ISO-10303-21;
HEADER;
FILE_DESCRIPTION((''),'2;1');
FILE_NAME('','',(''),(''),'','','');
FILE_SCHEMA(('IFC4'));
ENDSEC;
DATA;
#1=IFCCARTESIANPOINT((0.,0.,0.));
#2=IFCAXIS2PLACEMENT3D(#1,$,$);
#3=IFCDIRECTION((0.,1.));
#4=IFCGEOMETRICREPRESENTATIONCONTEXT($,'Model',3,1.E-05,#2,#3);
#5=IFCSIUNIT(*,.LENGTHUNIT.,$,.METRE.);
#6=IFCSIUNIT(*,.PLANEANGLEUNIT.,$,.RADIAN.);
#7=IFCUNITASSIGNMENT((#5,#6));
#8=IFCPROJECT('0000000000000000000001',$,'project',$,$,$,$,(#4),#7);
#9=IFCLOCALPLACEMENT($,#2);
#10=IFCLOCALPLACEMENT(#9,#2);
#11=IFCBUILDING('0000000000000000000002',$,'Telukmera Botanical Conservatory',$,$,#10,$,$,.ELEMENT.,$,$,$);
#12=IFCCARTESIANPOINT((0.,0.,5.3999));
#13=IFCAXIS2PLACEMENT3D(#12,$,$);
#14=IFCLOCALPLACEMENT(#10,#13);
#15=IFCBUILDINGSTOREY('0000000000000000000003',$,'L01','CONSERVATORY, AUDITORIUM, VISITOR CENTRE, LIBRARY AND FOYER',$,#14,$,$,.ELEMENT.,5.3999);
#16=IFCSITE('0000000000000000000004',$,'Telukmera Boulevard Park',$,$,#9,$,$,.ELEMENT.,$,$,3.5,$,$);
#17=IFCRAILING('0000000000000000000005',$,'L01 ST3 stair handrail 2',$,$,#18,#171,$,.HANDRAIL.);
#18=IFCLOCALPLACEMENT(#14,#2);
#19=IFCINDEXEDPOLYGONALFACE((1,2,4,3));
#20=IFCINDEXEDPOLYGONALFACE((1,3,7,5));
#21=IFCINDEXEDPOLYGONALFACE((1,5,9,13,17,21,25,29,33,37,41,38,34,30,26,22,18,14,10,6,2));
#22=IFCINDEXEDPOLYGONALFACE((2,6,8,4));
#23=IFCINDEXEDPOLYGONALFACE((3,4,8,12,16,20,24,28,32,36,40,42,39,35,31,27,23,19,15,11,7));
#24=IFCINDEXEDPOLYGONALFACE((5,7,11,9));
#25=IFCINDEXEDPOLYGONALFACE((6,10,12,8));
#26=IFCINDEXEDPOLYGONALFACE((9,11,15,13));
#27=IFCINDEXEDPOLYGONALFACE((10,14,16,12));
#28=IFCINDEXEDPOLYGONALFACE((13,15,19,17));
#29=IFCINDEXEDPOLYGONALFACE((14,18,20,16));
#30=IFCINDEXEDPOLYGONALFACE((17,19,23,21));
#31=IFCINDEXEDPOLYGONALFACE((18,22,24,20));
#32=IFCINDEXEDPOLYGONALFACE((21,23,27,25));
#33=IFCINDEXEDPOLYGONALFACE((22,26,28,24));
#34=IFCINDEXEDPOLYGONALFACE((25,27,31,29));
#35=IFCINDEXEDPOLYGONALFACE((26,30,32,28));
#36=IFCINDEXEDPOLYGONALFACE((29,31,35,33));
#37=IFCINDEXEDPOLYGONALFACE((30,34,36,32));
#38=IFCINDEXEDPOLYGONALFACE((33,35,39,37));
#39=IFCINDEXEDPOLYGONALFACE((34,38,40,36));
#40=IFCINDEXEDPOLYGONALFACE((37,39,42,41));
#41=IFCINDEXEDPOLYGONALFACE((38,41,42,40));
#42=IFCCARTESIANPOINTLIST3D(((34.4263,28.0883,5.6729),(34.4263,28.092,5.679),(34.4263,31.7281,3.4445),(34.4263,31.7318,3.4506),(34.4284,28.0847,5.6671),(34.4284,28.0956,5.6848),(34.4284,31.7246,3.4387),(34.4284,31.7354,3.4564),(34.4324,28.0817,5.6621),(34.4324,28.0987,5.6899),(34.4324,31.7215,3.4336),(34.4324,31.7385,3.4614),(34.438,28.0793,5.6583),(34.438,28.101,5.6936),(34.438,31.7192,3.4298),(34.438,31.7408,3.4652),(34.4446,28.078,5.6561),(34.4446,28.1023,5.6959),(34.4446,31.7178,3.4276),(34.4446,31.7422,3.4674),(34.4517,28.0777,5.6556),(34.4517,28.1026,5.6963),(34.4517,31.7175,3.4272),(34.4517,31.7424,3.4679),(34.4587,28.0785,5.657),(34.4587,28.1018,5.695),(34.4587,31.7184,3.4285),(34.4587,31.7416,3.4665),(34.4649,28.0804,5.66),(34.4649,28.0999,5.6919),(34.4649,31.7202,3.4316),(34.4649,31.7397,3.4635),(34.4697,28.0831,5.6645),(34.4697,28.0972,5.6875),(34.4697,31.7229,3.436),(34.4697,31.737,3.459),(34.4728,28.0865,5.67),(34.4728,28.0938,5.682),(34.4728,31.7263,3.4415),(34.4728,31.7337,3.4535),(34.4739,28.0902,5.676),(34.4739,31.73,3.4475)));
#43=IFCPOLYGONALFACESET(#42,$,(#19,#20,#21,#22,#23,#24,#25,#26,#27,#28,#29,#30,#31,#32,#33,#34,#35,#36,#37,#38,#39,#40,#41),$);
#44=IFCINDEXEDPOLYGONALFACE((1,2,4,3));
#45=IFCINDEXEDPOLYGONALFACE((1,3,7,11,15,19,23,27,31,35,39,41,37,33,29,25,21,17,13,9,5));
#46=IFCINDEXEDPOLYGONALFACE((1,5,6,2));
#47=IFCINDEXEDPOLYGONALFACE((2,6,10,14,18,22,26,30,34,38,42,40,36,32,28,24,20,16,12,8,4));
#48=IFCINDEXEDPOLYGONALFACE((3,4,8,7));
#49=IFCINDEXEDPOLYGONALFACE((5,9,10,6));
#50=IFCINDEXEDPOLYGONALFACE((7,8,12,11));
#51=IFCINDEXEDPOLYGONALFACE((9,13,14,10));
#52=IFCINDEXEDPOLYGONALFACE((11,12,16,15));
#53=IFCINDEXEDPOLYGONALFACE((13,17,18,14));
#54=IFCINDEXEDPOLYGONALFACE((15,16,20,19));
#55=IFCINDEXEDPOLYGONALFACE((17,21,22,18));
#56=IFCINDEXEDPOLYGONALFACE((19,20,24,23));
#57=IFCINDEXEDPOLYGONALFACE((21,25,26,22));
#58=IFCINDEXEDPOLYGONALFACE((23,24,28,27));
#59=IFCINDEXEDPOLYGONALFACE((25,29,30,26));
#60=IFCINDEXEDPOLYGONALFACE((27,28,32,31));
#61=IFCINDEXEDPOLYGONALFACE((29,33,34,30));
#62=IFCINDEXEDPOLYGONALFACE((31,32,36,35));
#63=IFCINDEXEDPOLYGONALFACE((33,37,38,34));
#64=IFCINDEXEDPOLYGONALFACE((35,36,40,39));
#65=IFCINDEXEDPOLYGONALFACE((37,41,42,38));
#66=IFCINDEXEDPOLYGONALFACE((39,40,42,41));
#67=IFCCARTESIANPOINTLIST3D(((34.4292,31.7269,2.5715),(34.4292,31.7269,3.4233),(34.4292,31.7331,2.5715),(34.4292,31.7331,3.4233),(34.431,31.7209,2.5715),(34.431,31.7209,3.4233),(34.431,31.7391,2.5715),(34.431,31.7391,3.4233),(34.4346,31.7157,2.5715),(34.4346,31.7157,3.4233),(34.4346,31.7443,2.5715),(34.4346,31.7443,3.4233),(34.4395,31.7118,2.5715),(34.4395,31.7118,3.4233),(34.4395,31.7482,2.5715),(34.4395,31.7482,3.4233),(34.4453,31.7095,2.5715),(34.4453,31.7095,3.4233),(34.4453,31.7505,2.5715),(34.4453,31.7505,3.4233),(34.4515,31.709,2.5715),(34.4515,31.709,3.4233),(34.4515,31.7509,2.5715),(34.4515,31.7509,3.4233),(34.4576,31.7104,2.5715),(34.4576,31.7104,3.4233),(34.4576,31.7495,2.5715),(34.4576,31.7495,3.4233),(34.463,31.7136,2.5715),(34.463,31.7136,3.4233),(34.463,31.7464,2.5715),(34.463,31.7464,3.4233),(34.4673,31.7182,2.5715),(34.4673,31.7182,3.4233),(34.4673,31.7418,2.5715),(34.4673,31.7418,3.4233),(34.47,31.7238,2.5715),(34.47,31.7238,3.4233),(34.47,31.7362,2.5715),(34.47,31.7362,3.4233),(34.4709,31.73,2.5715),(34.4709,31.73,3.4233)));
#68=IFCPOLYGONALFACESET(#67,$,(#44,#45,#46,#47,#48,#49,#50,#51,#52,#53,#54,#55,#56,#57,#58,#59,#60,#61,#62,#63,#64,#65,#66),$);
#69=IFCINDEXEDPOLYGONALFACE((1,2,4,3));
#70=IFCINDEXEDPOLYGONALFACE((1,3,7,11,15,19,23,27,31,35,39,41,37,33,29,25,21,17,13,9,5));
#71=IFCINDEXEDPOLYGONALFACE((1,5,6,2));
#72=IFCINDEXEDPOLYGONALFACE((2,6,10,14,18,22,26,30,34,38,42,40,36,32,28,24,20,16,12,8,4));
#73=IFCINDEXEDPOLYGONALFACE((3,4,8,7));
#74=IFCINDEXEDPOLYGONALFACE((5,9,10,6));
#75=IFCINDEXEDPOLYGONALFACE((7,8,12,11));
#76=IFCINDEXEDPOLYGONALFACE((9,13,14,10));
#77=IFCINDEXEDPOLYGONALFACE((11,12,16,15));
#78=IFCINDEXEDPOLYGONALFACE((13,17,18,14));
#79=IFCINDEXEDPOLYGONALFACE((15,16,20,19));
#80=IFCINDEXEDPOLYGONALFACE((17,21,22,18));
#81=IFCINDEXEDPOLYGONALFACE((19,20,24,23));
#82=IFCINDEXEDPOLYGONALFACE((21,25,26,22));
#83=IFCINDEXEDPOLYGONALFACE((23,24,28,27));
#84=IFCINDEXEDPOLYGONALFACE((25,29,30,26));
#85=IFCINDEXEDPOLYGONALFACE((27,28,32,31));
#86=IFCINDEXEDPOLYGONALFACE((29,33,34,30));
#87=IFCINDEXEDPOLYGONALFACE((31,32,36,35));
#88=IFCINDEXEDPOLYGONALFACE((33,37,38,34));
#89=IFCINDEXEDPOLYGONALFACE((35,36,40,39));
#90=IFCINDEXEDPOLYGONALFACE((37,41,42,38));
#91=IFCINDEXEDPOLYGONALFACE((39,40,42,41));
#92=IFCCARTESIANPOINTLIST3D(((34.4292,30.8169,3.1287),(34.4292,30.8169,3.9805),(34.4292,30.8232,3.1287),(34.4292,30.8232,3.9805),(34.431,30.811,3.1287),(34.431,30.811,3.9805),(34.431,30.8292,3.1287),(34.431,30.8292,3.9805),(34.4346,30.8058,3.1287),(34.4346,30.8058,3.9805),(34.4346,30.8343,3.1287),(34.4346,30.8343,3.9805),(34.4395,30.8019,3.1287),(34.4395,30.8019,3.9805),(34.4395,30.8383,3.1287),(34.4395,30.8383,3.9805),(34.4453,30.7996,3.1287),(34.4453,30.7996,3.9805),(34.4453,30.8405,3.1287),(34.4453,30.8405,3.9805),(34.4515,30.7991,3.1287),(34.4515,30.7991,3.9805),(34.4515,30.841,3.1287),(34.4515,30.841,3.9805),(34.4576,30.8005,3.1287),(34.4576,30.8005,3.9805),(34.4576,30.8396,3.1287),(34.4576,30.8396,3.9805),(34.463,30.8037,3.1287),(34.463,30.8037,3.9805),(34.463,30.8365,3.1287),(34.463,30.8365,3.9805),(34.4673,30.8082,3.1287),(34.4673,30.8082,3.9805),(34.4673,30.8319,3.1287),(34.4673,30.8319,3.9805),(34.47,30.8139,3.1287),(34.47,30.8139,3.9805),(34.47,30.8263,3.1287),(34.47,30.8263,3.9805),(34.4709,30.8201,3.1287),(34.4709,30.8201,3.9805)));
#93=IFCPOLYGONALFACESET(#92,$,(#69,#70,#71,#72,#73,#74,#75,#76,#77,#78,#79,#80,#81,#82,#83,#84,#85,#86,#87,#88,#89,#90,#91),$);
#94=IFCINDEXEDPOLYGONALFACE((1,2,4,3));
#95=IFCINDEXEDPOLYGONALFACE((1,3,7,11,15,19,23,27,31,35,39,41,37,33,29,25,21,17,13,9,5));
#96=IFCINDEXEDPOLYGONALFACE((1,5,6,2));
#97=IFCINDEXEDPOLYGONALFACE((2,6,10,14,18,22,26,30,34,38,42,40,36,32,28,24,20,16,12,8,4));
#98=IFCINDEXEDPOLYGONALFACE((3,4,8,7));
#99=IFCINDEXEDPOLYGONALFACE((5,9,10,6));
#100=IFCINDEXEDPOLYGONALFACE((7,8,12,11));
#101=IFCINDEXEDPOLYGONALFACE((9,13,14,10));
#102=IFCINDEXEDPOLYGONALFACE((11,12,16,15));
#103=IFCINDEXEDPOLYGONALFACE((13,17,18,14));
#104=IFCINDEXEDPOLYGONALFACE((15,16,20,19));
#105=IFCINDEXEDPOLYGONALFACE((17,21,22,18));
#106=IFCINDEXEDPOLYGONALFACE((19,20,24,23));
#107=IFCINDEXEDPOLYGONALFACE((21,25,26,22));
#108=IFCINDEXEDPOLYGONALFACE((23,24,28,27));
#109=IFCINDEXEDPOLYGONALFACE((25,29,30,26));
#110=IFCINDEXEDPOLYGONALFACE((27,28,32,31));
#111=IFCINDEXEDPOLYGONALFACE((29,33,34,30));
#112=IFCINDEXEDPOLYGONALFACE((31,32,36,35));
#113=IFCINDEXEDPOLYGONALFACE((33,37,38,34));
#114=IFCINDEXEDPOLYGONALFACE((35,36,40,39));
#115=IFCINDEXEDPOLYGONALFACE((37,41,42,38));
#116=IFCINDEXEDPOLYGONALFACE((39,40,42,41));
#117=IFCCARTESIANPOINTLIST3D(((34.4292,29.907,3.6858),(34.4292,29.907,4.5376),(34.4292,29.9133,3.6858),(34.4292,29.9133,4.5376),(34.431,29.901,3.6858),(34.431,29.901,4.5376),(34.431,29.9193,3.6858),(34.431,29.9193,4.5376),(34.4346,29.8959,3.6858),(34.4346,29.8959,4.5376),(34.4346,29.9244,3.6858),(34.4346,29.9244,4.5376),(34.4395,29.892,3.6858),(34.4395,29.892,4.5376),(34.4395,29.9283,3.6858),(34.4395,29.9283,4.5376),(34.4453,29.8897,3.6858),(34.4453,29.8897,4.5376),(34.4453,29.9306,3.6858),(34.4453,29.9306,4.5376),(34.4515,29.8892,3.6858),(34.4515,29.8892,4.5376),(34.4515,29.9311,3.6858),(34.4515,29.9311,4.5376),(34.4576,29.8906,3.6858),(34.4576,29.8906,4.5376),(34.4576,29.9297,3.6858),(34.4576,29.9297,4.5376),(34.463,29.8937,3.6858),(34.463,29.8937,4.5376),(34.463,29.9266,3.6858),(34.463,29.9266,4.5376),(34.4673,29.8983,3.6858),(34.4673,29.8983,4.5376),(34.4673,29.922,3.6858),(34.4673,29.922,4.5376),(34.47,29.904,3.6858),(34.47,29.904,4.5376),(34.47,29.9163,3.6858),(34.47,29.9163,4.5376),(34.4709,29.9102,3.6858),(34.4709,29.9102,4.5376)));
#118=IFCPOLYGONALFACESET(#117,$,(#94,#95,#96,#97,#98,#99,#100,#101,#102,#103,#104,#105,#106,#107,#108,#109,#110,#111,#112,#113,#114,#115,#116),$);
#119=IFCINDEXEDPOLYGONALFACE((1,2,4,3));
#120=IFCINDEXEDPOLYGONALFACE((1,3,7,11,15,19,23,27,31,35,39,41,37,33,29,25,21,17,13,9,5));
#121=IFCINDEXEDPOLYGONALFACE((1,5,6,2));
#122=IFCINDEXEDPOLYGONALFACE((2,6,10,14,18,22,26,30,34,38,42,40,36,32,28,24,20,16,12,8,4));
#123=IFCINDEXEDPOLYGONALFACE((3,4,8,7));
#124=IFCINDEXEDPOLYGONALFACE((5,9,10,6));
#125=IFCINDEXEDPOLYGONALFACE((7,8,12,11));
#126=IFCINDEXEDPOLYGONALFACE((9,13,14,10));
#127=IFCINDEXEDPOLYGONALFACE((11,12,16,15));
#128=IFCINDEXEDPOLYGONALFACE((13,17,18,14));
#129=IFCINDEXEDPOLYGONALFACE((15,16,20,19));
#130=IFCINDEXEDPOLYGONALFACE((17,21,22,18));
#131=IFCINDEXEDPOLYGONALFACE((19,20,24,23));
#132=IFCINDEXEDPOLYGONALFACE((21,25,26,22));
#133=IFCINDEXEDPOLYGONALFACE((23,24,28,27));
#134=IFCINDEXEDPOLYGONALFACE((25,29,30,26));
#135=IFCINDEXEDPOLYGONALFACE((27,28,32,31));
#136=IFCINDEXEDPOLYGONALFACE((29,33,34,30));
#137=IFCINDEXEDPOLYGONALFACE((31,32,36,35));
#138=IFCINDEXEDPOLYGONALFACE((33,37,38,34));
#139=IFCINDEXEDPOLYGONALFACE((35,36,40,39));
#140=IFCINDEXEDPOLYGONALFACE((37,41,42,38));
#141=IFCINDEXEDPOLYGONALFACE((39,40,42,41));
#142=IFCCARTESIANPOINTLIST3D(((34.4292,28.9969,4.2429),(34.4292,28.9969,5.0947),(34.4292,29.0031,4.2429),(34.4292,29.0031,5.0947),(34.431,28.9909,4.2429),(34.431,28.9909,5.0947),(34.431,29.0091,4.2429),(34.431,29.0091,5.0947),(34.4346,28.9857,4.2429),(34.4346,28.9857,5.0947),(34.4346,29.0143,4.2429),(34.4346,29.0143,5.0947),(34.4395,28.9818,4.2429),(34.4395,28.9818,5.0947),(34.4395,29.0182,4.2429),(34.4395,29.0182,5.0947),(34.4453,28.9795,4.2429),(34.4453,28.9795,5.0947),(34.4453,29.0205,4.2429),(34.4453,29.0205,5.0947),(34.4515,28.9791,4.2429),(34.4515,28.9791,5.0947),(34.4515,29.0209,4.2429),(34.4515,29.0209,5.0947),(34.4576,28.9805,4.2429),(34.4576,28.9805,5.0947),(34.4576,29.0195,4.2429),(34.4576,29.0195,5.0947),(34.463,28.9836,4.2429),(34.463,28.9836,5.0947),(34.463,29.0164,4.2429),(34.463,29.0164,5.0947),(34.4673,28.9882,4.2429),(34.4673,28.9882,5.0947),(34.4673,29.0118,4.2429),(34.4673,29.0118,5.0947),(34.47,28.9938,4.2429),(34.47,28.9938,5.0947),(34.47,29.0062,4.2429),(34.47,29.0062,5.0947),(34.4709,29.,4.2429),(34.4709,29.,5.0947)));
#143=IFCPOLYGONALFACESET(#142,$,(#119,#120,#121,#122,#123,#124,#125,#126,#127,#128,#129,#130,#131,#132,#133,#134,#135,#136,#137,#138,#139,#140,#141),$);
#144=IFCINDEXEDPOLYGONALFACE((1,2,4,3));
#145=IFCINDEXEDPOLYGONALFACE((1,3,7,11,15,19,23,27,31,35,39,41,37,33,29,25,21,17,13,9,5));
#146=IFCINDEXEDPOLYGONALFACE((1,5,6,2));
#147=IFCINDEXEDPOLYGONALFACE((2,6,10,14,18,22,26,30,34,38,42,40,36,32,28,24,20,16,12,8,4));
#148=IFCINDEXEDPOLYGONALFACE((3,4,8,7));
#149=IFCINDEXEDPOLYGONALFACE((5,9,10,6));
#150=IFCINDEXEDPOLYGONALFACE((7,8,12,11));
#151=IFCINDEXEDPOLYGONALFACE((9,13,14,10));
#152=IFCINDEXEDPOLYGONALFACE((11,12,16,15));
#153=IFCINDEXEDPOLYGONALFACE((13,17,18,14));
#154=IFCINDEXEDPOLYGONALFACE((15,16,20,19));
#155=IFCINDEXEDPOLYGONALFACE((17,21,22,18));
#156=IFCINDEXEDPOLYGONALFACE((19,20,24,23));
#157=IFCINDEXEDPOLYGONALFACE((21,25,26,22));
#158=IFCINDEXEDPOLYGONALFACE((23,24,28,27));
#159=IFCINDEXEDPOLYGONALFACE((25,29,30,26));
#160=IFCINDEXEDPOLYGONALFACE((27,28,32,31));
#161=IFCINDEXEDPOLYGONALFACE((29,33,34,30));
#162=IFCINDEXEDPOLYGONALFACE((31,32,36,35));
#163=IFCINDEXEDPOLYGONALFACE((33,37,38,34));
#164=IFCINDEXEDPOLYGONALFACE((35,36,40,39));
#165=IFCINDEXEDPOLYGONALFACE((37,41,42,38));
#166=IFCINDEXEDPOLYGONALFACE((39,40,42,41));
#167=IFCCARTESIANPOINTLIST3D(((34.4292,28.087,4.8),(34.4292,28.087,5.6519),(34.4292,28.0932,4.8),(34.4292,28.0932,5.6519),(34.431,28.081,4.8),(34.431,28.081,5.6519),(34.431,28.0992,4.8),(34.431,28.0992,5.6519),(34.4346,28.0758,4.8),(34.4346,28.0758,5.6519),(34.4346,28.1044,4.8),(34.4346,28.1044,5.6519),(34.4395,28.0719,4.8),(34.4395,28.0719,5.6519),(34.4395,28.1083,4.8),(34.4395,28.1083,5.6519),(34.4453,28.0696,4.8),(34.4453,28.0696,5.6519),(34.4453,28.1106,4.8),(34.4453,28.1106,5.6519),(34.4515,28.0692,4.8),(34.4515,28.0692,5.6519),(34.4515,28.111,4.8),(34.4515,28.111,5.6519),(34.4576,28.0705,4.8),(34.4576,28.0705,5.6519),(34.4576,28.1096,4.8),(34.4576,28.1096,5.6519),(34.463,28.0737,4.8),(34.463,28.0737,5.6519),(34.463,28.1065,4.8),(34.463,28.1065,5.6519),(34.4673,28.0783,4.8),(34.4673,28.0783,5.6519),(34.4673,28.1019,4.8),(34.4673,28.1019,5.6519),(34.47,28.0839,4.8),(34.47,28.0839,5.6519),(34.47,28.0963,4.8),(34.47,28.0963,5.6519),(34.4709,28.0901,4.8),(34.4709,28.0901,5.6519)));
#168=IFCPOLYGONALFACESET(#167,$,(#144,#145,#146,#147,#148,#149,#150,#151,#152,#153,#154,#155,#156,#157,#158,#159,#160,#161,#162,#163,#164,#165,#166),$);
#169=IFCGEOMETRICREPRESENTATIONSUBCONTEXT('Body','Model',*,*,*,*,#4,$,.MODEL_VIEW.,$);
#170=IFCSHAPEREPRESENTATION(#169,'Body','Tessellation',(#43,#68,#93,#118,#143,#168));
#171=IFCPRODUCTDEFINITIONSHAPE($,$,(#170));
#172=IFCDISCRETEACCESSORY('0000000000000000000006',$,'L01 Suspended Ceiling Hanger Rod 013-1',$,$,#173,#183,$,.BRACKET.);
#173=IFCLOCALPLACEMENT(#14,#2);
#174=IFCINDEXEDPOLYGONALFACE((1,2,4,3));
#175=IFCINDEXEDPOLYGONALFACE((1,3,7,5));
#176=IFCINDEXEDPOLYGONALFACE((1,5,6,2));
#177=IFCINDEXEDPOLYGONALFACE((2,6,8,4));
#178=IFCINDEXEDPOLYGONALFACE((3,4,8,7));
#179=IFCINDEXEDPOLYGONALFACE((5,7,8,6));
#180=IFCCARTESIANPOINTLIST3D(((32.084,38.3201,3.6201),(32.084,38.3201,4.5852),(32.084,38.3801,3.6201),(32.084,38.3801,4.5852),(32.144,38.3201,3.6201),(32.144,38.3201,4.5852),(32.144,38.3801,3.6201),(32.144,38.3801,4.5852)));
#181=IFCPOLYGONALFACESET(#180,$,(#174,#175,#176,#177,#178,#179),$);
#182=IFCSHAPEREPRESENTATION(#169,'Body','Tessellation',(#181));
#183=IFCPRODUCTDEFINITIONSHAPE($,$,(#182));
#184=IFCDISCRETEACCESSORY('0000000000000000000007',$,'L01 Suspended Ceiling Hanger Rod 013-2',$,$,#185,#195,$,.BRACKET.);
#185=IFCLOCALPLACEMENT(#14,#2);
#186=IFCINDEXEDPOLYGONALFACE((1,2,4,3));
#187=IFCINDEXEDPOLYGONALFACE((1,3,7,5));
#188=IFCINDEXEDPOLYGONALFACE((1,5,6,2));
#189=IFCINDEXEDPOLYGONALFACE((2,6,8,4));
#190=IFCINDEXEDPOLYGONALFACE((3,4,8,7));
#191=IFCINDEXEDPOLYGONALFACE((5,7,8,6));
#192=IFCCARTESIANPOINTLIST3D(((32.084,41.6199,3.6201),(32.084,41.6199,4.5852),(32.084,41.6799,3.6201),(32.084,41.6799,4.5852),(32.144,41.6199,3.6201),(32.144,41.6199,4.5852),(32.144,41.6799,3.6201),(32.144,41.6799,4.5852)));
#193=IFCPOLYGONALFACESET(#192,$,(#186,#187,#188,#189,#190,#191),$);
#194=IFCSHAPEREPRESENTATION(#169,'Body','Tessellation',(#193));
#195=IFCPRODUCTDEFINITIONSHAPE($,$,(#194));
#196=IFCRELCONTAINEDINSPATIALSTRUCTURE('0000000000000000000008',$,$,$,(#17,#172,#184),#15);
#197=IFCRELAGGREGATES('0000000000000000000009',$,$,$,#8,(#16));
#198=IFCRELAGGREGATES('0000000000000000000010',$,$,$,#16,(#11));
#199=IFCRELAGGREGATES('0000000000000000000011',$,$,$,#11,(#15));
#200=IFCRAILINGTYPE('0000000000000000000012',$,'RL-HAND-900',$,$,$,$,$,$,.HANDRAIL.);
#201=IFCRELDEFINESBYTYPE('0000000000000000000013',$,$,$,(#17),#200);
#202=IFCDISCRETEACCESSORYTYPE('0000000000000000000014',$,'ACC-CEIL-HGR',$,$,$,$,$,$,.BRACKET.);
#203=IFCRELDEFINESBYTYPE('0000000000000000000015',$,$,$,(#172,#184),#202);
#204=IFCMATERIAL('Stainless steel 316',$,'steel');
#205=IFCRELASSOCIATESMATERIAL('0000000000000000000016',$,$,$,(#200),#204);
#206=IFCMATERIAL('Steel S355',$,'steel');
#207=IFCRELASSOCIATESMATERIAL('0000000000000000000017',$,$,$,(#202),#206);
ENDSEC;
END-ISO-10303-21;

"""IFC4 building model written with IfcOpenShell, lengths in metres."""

from ifc_helpers import new_model, si_unit, direction, frame, origin, origin_2d, place, context, subcontext, project, spatial, rectangle, circle, extrude, material, type_object, element, save


model = new_model("IFC4")

# Units and contexts
model_context = context("Model", 3, precision=1e-05, world=origin(), true_north=direction((0.0, 1.0)))
body_context = subcontext(model_context, "Body", "Model", "MODEL_VIEW")
ifc_project = project(units=[si_unit("LENGTHUNIT", "METRE"), si_unit("PLANEANGLEUNIT", "RADIAN")], contexts=[model_context])

# Site, building, storey
site_placement = place(None, origin())
site = spatial("IfcSite", under=ifc_project, at=site_placement, Name="Telukmera Boulevard Park", CompositionType="ELEMENT", RefElevation=3.5)
building_placement = place(site_placement, origin())
building = spatial("IfcBuilding", under=site, at=building_placement, Name="Telukmera Botanical Conservatory", CompositionType="ELEMENT")
storey_placement = place(building_placement, frame((0.0, 0.0, 5.3999)))
storey = spatial("IfcBuildingStorey", under=building, at=storey_placement, Name="L01", Description="CONSERVATORY, AUDITORIUM, VISITOR CENTRE, LIBRARY AND FOYER", CompositionType="ELEMENT", Elevation=5.3999)

# Railing
ifc_material_1 = material(Name="Steel S355", Category="steel")
ifc_material_2 = material(Name="Stainless steel 316", Category="steel")
railing_type_1 = type_object("IfcRailingType", Name="RL-HAND-900", PredefinedType="HANDRAIL", material=ifc_material_2)
railing_1_placement = place(storey_placement, frame((34.45, 31.73, 2.5715)))
element("IfcRailing", 1, at=railing_1_placement, inside=storey, type_object=railing_type_1, Name="L01 ST3 stair handrail 2", PredefinedType="HANDRAIL", context=body_context, shape_type="SweptSolid", body=[
    extrude(circle(Radius=0.0239, at=origin_2d()), frame((0.0, 0.0, 0.876), z_axis=(0.0, -0.85285, 0.522156), x_axis=(1.0, 0.0, 0.0)), (0.0, 0.0, 1.0), 4.2678),
    extrude(circle(Radius=0.021, at=origin_2d()), origin(), (0.0, 0.0, 1.0), 0.8518),
    extrude(circle(Radius=0.021, at=origin_2d()), frame((0.0, -0.9099, 0.5571)), (0.0, 0.0, 1.0), 0.8518),
    extrude(circle(Radius=0.021, at=origin_2d()), frame((0.0, -1.8198, 1.1143)), (0.0, 0.0, 1.0), 0.8518),
    extrude(circle(Radius=0.021, at=origin_2d()), frame((0.0, -2.73, 1.6714)), (0.0, 0.0, 1.0), 0.8518),
    extrude(circle(Radius=0.021, at=origin_2d()), frame((0.0, -3.6399, 2.2285)), (0.0, 0.0, 1.0), 0.8518),
])

# Discrete accessories
discrete_accessory_type = type_object("IfcDiscreteAccessoryType", Name="ACC-CEIL-HGR", PredefinedType="BRACKET", material=ifc_material_1)
for number, where, z_axis, x_axis, name in (
    (2, (32.114, 38.3501, 3.6201), (0.0, 0.0, 1.0), (1.0, 0.0, 0.0), "L01 Suspended Ceiling Hanger Rod 013-1"),
    (3, (32.114, 41.6499, 3.6201), (0.0, 0.0, 1.0), (1.0, 0.0, 0.0), "L01 Suspended Ceiling Hanger Rod 013-2"),
):
    element("IfcDiscreteAccessory", number, at=place(storey_placement, frame(where, z_axis=z_axis, x_axis=x_axis)), inside=storey, type_object=discrete_accessory_type, Name=name, PredefinedType="BRACKET", context=body_context, shape_type="SweptSolid", body=[
        extrude(rectangle(XDim=0.0601, YDim=0.0601, at=origin_2d()), origin(), (0.0, 0.0, 1.0), 0.9651),
    ])

save(model, "model.ifc")
